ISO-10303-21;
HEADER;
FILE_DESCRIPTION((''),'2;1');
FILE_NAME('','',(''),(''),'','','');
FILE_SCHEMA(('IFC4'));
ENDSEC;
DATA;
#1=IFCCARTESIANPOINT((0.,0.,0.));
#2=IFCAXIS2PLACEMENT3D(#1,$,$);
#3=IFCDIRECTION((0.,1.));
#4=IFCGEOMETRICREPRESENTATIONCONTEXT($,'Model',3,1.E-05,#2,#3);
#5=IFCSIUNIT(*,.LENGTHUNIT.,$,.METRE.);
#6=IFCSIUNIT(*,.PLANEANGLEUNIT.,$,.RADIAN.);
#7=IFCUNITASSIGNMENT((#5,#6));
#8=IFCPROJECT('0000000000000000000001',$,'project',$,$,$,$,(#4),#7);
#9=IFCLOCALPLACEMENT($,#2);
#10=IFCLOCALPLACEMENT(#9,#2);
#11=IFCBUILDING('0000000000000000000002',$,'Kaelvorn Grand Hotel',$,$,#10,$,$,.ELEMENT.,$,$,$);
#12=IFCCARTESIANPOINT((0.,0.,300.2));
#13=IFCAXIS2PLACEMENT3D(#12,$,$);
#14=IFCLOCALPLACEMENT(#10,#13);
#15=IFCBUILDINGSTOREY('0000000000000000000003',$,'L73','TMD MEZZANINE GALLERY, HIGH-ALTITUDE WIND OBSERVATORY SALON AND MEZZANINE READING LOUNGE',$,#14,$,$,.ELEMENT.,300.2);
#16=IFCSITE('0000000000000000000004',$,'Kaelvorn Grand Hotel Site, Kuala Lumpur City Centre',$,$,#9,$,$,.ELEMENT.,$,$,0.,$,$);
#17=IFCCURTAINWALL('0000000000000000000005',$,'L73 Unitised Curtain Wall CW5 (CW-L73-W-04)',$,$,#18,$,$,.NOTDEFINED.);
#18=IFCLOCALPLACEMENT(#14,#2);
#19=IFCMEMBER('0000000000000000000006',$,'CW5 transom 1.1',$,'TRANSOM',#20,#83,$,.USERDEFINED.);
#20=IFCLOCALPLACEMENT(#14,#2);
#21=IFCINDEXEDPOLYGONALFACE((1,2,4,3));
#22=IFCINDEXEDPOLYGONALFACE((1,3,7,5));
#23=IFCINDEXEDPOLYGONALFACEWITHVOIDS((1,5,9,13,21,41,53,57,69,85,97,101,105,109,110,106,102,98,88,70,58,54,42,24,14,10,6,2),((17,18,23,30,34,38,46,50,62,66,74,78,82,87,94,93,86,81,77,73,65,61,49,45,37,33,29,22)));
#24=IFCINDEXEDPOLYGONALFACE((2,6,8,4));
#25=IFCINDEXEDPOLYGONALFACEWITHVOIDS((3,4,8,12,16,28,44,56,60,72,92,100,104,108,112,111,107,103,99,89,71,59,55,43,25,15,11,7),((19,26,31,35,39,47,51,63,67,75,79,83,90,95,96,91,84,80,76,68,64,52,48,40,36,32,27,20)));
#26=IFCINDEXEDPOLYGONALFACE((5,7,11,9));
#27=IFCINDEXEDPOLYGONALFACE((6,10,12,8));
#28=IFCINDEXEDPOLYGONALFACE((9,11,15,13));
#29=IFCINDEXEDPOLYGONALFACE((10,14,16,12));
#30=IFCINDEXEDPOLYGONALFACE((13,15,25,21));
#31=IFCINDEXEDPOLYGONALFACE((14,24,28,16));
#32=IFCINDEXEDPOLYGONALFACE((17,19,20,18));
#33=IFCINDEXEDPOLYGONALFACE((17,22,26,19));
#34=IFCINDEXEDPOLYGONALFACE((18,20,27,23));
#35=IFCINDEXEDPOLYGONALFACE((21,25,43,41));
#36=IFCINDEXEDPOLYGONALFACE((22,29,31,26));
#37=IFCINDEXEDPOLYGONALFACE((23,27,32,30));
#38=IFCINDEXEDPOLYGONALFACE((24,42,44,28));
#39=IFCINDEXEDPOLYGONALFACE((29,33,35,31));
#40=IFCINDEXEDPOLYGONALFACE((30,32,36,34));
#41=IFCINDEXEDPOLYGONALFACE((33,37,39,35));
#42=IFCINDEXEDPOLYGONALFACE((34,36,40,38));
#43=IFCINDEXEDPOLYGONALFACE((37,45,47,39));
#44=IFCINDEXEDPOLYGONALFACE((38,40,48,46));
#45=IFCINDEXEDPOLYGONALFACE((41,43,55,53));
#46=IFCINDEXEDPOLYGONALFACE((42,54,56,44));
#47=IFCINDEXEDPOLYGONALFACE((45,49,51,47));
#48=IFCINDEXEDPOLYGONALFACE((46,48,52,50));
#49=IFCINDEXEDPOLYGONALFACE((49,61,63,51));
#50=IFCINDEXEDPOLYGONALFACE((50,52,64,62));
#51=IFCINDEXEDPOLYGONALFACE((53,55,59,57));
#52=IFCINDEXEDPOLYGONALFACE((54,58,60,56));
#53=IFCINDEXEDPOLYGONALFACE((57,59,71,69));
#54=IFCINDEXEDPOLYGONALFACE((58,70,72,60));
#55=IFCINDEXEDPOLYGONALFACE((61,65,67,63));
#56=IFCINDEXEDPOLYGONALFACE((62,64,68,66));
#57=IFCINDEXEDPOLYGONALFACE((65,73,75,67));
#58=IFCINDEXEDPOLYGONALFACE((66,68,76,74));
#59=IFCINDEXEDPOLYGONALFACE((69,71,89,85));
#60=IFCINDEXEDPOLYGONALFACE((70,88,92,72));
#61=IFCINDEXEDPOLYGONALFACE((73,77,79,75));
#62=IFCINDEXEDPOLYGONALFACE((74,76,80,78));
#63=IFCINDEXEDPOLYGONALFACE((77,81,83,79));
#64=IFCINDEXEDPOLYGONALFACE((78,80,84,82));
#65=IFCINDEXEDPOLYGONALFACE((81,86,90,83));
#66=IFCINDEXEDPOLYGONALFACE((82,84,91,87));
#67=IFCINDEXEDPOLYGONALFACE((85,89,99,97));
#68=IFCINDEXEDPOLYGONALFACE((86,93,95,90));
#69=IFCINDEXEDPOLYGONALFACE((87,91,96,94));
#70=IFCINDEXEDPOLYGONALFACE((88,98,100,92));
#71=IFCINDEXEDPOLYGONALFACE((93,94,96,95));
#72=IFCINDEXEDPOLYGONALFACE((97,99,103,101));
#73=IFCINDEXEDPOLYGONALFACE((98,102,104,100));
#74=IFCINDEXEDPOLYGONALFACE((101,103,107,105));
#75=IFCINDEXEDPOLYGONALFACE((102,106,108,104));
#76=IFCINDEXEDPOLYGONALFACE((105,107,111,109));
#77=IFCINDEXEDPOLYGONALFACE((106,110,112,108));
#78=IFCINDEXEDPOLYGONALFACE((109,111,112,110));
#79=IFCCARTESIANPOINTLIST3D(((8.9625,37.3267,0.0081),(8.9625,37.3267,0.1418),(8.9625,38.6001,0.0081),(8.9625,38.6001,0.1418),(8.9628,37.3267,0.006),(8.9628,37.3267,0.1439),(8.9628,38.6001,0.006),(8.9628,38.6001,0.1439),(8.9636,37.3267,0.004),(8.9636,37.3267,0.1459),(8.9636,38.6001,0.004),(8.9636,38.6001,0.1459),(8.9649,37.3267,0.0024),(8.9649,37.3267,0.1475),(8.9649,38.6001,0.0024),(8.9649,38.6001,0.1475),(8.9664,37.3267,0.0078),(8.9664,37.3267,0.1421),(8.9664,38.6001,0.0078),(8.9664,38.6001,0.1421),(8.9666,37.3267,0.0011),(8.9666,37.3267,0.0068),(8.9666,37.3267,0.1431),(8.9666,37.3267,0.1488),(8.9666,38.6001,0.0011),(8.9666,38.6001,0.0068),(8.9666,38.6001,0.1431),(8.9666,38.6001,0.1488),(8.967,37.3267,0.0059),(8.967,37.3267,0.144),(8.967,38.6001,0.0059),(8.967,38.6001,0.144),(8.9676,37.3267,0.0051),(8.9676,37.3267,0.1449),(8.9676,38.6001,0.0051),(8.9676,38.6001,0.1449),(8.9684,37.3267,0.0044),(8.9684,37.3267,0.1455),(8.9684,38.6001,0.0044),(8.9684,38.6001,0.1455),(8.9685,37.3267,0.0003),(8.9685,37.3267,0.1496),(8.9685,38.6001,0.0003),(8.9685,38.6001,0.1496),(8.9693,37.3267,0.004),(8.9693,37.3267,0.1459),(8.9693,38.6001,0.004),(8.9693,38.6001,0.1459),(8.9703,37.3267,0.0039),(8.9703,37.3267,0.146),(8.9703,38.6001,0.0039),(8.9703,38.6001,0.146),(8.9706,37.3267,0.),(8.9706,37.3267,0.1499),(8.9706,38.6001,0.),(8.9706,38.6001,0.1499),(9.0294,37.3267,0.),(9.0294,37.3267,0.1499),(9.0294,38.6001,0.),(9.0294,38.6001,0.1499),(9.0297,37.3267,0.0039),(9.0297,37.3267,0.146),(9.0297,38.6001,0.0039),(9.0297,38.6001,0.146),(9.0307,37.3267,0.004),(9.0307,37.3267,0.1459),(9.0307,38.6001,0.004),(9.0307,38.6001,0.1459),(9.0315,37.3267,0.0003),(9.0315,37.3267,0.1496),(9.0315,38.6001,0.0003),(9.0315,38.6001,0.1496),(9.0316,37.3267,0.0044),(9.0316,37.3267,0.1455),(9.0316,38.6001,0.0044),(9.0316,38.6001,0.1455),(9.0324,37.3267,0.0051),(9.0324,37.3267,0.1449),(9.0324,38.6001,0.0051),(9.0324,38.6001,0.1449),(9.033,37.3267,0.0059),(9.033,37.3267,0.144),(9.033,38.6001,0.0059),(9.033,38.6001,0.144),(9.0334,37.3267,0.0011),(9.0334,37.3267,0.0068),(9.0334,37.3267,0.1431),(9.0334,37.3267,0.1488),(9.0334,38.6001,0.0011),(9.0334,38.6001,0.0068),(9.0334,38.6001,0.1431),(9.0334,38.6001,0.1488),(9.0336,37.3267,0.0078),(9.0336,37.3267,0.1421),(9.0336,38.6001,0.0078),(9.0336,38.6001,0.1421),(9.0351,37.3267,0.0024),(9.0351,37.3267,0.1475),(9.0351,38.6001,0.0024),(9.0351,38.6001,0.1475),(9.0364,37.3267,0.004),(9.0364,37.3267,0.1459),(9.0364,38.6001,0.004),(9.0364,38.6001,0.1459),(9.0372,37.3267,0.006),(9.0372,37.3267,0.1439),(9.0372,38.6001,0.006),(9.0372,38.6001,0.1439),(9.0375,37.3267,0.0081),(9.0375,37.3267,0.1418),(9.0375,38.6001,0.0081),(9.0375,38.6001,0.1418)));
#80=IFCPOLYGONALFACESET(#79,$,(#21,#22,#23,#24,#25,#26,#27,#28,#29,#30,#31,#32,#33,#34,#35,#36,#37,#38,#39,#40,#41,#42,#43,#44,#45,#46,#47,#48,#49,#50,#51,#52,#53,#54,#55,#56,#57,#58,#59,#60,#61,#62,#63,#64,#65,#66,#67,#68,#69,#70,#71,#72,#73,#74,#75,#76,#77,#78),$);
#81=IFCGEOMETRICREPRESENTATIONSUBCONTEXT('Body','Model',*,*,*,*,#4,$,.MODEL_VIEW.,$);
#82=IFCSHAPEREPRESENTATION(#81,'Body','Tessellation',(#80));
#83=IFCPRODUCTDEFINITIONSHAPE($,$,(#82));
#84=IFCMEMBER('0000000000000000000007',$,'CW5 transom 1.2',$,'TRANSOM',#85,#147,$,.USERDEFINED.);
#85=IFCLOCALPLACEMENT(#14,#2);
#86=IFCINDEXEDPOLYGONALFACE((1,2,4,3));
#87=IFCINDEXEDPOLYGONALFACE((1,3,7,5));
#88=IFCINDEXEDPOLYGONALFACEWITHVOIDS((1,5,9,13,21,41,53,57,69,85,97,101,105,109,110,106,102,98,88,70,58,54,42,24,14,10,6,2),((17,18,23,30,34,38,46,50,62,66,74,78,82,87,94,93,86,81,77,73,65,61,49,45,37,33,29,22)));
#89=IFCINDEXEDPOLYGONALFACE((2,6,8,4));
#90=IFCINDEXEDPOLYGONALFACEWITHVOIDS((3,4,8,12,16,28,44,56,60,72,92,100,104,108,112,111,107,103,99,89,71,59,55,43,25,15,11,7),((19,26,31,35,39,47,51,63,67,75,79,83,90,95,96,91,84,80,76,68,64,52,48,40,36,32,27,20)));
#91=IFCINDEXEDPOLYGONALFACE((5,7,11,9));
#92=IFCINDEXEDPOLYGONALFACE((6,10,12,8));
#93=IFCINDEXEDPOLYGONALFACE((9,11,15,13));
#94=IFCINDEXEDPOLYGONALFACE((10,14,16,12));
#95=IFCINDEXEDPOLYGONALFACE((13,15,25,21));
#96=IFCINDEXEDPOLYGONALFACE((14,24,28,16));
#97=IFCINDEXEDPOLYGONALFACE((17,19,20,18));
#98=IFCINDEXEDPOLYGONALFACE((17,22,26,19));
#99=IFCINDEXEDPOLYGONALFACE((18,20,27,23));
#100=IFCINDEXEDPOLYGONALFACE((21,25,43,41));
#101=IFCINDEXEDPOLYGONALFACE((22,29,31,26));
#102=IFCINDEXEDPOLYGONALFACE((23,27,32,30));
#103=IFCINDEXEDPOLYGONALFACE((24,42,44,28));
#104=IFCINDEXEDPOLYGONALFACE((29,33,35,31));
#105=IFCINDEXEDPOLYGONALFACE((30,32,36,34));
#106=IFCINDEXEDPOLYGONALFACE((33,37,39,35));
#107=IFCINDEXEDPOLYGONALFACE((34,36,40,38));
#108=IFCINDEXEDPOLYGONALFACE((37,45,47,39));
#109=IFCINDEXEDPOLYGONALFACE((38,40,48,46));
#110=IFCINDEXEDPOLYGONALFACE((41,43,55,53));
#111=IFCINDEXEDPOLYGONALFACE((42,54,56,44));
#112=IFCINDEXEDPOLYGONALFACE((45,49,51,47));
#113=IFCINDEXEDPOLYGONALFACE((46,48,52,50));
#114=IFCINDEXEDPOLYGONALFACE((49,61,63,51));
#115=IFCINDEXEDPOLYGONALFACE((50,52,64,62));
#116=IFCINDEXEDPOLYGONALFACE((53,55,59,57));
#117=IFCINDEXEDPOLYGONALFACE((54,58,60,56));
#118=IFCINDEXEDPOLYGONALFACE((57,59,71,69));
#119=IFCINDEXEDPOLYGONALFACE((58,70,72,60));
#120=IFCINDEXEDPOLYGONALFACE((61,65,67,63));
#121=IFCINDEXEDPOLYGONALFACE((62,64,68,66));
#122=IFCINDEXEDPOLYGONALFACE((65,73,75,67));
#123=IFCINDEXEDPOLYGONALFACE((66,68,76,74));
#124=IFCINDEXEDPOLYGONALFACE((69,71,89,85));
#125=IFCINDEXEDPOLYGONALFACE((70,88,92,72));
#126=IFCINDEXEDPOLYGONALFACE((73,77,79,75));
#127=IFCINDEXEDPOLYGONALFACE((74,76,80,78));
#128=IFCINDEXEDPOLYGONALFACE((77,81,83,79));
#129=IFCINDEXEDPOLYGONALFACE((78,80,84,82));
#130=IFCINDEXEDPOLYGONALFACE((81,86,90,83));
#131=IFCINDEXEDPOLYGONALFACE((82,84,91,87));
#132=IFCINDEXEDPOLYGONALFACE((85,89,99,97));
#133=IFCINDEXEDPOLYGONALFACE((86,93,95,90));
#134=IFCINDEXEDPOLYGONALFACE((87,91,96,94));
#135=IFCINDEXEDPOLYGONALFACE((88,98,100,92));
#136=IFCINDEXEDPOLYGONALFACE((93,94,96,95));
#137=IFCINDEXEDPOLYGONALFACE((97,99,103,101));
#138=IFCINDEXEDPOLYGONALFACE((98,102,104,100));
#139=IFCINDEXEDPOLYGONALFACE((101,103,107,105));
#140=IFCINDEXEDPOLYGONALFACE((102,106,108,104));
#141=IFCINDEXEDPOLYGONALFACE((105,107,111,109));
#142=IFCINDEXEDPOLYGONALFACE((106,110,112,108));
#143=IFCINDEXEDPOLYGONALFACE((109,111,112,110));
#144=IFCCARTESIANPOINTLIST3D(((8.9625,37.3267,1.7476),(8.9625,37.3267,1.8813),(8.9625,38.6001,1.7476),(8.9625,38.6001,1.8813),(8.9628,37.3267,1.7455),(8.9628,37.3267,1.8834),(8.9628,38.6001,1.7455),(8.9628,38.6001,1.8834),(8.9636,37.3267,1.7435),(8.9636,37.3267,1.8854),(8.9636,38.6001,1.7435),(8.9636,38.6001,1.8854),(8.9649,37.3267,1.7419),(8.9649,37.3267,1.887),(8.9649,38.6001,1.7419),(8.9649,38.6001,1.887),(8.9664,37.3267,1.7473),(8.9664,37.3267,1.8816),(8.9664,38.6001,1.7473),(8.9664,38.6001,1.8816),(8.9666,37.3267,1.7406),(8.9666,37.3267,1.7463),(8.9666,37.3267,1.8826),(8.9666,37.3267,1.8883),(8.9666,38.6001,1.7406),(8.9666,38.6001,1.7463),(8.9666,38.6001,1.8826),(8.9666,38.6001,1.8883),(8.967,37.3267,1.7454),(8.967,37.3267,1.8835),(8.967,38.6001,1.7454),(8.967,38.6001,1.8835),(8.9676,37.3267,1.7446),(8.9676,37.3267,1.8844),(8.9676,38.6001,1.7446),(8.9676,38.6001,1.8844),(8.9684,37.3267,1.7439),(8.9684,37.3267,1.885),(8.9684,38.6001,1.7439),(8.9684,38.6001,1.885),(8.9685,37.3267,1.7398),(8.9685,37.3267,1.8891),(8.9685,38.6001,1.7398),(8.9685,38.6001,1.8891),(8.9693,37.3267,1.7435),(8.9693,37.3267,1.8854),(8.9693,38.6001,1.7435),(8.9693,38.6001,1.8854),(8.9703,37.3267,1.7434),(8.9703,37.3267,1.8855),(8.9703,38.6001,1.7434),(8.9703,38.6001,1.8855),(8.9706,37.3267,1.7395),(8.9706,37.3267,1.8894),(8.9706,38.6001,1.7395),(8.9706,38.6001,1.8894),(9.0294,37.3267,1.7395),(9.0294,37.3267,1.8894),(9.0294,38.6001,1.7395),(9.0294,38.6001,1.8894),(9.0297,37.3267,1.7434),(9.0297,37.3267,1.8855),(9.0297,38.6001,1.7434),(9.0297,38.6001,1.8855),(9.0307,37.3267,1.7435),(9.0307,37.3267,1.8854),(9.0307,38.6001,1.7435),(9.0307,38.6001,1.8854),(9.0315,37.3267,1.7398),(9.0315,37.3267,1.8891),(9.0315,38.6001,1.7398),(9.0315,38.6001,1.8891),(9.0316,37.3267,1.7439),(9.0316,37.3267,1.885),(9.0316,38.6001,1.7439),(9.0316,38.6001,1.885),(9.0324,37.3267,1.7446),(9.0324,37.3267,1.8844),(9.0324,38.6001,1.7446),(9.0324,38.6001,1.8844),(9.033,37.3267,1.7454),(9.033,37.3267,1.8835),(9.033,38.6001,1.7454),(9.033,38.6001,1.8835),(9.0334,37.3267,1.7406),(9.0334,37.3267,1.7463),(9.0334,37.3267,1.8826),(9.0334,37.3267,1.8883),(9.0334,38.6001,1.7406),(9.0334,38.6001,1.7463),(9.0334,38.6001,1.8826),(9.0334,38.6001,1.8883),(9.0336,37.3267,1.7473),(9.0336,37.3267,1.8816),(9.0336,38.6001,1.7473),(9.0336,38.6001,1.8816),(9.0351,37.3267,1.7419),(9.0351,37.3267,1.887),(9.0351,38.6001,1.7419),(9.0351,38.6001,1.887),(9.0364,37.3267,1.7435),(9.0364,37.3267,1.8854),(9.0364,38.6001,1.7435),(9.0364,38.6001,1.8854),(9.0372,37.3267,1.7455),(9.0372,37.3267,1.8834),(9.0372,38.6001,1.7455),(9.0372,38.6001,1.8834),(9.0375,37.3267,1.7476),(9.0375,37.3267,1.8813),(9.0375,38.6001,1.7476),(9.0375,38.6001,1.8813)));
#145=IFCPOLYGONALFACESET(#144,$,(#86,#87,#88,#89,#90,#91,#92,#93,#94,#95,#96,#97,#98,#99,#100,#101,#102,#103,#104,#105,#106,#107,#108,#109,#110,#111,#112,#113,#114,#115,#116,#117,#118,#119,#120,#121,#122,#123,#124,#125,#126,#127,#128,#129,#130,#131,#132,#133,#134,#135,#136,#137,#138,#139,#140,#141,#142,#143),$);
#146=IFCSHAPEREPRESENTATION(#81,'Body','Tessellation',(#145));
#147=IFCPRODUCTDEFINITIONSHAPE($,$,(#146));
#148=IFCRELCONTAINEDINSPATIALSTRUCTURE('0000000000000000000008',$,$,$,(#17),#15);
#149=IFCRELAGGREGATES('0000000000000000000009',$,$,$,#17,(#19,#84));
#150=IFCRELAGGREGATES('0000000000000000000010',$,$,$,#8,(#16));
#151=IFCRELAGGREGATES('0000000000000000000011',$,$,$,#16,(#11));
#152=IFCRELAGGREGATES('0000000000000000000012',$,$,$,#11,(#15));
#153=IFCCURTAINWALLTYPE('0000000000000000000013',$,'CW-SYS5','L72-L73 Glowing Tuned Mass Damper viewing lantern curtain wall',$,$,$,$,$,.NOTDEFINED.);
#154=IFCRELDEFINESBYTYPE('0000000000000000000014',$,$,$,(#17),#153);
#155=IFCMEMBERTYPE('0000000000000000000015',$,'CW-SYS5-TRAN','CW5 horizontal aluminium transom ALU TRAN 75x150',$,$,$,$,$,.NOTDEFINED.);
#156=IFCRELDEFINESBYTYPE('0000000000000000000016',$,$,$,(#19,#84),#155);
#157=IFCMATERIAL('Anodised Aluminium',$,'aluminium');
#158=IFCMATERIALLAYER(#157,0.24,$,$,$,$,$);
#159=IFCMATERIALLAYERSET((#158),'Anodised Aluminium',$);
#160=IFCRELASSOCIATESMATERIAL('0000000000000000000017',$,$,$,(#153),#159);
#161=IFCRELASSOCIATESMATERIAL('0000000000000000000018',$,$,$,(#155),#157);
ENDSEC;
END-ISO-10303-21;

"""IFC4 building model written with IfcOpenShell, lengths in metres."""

from ifc_helpers import new_model, si_unit, direction, frame, origin, origin_2d, place, context, subcontext, project, spatial, hollow_rectangle, extrude, material, layer, layer_set, material_profile, profile_set, type_object, element, aggregate, save


model = new_model("IFC4")

# Units and contexts
model_context = context("Model", 3, precision=1e-05, world=origin(), true_north=direction((0.0, 1.0)))
body_context = subcontext(model_context, "Body", "Model", "MODEL_VIEW")
ifc_project = project(units=[si_unit("LENGTHUNIT", "METRE"), si_unit("PLANEANGLEUNIT", "RADIAN")], contexts=[model_context])

# Site, building, storey
site_placement = place(None, origin())
site = spatial("IfcSite", under=ifc_project, at=site_placement, Name="Kaelvorn Grand Hotel Site, Kuala Lumpur City Centre", CompositionType="ELEMENT", RefElevation=0.0)
building_placement = place(site_placement, origin())
building = spatial("IfcBuilding", under=site, at=building_placement, Name="Kaelvorn Grand Hotel", CompositionType="ELEMENT")
storey_placement = place(building_placement, frame((0.0, 0.0, 300.2)))
storey = spatial("IfcBuildingStorey", under=building, at=storey_placement, Name="L73", Description="TMD MEZZANINE GALLERY, HIGH-ALTITUDE WIND OBSERVATORY SALON AND MEZZANINE READING LOUNGE", CompositionType="ELEMENT", Elevation=300.2)

# Shared definitions
ifc_material_1 = material(Name="Anodised Aluminium", Category="aluminium")
ifc_layer_1 = layer(ifc_material_1, 0.24)
ifc_layer_set_1 = layer_set([ifc_layer_1], Name="Anodised Aluminium")
curtain_wall_type = type_object("IfcCurtainWallType", Name="CW-SYS5", Description="L72-L73 Glowing Tuned Mass Damper viewing lantern curtain wall", PredefinedType="NOTDEFINED", material=ifc_layer_set_1)

# Curtain wall
curtain_wall_1_placement = place(storey_placement, origin())
curtain_wall_1 = element("IfcCurtainWall", 1, at=curtain_wall_1_placement, inside=storey, type_object=curtain_wall_type, Name="L73 Unitised Curtain Wall CW5 (CW-L73-W-04)", PredefinedType="NOTDEFINED")

# Members
ifc_material_profile_1 = material_profile(ifc_material_1, hollow_rectangle(XDim=0.075, YDim=0.1499, WallThickness=0.0039, InnerFilletRadius=0.0039, OuterFilletRadius=0.0081, at=origin_2d()), Name="ALU TRAN 75x150")
ifc_profile_set_1 = profile_set([ifc_material_profile_1], Name="Anodised Aluminium")
member_type_1 = type_object("IfcMemberType", Name="CW-SYS5-TRAN", Description="CW5 horizontal aluminium transom ALU TRAN 75x150", PredefinedType="NOTDEFINED", material=ifc_profile_set_1)
member_1_placement = place(storey_placement, frame((9.0, 38.6001, 0.075), z_axis=(0.0, -1.0, 0.0), x_axis=(1.0, 0.0, 0.0)))
member_1 = element("IfcMember", 2, at=member_1_placement, type_object=member_type_1, Name="CW5 transom 1.1", ObjectType="TRANSOM", PredefinedType="USERDEFINED", context=body_context, shape_type="SweptSolid", body=[
    extrude(hollow_rectangle(XDim=0.075, YDim=0.1499, WallThickness=0.0039, InnerFilletRadius=0.0039, OuterFilletRadius=0.0081, at=origin_2d()), origin(), (0.0, 0.0, 1.0), 1.2734),
])
member_2_placement = place(storey_placement, frame((9.0, 38.6001, 1.8145), z_axis=(0.0, -1.0, 0.0), x_axis=(1.0, 0.0, 0.0)))
member_2 = element("IfcMember", 3, at=member_2_placement, type_object=member_type_1, Name="CW5 transom 1.2", ObjectType="TRANSOM", PredefinedType="USERDEFINED", context=body_context, shape_type="SweptSolid", body=[
    extrude(hollow_rectangle(XDim=0.075, YDim=0.1499, WallThickness=0.0039, InnerFilletRadius=0.0039, OuterFilletRadius=0.0081, at=origin_2d()), origin(), (0.0, 0.0, 1.0), 1.2734),
])

aggregate(curtain_wall_1, [member_1, member_2])

save(model, "model.ifc")
